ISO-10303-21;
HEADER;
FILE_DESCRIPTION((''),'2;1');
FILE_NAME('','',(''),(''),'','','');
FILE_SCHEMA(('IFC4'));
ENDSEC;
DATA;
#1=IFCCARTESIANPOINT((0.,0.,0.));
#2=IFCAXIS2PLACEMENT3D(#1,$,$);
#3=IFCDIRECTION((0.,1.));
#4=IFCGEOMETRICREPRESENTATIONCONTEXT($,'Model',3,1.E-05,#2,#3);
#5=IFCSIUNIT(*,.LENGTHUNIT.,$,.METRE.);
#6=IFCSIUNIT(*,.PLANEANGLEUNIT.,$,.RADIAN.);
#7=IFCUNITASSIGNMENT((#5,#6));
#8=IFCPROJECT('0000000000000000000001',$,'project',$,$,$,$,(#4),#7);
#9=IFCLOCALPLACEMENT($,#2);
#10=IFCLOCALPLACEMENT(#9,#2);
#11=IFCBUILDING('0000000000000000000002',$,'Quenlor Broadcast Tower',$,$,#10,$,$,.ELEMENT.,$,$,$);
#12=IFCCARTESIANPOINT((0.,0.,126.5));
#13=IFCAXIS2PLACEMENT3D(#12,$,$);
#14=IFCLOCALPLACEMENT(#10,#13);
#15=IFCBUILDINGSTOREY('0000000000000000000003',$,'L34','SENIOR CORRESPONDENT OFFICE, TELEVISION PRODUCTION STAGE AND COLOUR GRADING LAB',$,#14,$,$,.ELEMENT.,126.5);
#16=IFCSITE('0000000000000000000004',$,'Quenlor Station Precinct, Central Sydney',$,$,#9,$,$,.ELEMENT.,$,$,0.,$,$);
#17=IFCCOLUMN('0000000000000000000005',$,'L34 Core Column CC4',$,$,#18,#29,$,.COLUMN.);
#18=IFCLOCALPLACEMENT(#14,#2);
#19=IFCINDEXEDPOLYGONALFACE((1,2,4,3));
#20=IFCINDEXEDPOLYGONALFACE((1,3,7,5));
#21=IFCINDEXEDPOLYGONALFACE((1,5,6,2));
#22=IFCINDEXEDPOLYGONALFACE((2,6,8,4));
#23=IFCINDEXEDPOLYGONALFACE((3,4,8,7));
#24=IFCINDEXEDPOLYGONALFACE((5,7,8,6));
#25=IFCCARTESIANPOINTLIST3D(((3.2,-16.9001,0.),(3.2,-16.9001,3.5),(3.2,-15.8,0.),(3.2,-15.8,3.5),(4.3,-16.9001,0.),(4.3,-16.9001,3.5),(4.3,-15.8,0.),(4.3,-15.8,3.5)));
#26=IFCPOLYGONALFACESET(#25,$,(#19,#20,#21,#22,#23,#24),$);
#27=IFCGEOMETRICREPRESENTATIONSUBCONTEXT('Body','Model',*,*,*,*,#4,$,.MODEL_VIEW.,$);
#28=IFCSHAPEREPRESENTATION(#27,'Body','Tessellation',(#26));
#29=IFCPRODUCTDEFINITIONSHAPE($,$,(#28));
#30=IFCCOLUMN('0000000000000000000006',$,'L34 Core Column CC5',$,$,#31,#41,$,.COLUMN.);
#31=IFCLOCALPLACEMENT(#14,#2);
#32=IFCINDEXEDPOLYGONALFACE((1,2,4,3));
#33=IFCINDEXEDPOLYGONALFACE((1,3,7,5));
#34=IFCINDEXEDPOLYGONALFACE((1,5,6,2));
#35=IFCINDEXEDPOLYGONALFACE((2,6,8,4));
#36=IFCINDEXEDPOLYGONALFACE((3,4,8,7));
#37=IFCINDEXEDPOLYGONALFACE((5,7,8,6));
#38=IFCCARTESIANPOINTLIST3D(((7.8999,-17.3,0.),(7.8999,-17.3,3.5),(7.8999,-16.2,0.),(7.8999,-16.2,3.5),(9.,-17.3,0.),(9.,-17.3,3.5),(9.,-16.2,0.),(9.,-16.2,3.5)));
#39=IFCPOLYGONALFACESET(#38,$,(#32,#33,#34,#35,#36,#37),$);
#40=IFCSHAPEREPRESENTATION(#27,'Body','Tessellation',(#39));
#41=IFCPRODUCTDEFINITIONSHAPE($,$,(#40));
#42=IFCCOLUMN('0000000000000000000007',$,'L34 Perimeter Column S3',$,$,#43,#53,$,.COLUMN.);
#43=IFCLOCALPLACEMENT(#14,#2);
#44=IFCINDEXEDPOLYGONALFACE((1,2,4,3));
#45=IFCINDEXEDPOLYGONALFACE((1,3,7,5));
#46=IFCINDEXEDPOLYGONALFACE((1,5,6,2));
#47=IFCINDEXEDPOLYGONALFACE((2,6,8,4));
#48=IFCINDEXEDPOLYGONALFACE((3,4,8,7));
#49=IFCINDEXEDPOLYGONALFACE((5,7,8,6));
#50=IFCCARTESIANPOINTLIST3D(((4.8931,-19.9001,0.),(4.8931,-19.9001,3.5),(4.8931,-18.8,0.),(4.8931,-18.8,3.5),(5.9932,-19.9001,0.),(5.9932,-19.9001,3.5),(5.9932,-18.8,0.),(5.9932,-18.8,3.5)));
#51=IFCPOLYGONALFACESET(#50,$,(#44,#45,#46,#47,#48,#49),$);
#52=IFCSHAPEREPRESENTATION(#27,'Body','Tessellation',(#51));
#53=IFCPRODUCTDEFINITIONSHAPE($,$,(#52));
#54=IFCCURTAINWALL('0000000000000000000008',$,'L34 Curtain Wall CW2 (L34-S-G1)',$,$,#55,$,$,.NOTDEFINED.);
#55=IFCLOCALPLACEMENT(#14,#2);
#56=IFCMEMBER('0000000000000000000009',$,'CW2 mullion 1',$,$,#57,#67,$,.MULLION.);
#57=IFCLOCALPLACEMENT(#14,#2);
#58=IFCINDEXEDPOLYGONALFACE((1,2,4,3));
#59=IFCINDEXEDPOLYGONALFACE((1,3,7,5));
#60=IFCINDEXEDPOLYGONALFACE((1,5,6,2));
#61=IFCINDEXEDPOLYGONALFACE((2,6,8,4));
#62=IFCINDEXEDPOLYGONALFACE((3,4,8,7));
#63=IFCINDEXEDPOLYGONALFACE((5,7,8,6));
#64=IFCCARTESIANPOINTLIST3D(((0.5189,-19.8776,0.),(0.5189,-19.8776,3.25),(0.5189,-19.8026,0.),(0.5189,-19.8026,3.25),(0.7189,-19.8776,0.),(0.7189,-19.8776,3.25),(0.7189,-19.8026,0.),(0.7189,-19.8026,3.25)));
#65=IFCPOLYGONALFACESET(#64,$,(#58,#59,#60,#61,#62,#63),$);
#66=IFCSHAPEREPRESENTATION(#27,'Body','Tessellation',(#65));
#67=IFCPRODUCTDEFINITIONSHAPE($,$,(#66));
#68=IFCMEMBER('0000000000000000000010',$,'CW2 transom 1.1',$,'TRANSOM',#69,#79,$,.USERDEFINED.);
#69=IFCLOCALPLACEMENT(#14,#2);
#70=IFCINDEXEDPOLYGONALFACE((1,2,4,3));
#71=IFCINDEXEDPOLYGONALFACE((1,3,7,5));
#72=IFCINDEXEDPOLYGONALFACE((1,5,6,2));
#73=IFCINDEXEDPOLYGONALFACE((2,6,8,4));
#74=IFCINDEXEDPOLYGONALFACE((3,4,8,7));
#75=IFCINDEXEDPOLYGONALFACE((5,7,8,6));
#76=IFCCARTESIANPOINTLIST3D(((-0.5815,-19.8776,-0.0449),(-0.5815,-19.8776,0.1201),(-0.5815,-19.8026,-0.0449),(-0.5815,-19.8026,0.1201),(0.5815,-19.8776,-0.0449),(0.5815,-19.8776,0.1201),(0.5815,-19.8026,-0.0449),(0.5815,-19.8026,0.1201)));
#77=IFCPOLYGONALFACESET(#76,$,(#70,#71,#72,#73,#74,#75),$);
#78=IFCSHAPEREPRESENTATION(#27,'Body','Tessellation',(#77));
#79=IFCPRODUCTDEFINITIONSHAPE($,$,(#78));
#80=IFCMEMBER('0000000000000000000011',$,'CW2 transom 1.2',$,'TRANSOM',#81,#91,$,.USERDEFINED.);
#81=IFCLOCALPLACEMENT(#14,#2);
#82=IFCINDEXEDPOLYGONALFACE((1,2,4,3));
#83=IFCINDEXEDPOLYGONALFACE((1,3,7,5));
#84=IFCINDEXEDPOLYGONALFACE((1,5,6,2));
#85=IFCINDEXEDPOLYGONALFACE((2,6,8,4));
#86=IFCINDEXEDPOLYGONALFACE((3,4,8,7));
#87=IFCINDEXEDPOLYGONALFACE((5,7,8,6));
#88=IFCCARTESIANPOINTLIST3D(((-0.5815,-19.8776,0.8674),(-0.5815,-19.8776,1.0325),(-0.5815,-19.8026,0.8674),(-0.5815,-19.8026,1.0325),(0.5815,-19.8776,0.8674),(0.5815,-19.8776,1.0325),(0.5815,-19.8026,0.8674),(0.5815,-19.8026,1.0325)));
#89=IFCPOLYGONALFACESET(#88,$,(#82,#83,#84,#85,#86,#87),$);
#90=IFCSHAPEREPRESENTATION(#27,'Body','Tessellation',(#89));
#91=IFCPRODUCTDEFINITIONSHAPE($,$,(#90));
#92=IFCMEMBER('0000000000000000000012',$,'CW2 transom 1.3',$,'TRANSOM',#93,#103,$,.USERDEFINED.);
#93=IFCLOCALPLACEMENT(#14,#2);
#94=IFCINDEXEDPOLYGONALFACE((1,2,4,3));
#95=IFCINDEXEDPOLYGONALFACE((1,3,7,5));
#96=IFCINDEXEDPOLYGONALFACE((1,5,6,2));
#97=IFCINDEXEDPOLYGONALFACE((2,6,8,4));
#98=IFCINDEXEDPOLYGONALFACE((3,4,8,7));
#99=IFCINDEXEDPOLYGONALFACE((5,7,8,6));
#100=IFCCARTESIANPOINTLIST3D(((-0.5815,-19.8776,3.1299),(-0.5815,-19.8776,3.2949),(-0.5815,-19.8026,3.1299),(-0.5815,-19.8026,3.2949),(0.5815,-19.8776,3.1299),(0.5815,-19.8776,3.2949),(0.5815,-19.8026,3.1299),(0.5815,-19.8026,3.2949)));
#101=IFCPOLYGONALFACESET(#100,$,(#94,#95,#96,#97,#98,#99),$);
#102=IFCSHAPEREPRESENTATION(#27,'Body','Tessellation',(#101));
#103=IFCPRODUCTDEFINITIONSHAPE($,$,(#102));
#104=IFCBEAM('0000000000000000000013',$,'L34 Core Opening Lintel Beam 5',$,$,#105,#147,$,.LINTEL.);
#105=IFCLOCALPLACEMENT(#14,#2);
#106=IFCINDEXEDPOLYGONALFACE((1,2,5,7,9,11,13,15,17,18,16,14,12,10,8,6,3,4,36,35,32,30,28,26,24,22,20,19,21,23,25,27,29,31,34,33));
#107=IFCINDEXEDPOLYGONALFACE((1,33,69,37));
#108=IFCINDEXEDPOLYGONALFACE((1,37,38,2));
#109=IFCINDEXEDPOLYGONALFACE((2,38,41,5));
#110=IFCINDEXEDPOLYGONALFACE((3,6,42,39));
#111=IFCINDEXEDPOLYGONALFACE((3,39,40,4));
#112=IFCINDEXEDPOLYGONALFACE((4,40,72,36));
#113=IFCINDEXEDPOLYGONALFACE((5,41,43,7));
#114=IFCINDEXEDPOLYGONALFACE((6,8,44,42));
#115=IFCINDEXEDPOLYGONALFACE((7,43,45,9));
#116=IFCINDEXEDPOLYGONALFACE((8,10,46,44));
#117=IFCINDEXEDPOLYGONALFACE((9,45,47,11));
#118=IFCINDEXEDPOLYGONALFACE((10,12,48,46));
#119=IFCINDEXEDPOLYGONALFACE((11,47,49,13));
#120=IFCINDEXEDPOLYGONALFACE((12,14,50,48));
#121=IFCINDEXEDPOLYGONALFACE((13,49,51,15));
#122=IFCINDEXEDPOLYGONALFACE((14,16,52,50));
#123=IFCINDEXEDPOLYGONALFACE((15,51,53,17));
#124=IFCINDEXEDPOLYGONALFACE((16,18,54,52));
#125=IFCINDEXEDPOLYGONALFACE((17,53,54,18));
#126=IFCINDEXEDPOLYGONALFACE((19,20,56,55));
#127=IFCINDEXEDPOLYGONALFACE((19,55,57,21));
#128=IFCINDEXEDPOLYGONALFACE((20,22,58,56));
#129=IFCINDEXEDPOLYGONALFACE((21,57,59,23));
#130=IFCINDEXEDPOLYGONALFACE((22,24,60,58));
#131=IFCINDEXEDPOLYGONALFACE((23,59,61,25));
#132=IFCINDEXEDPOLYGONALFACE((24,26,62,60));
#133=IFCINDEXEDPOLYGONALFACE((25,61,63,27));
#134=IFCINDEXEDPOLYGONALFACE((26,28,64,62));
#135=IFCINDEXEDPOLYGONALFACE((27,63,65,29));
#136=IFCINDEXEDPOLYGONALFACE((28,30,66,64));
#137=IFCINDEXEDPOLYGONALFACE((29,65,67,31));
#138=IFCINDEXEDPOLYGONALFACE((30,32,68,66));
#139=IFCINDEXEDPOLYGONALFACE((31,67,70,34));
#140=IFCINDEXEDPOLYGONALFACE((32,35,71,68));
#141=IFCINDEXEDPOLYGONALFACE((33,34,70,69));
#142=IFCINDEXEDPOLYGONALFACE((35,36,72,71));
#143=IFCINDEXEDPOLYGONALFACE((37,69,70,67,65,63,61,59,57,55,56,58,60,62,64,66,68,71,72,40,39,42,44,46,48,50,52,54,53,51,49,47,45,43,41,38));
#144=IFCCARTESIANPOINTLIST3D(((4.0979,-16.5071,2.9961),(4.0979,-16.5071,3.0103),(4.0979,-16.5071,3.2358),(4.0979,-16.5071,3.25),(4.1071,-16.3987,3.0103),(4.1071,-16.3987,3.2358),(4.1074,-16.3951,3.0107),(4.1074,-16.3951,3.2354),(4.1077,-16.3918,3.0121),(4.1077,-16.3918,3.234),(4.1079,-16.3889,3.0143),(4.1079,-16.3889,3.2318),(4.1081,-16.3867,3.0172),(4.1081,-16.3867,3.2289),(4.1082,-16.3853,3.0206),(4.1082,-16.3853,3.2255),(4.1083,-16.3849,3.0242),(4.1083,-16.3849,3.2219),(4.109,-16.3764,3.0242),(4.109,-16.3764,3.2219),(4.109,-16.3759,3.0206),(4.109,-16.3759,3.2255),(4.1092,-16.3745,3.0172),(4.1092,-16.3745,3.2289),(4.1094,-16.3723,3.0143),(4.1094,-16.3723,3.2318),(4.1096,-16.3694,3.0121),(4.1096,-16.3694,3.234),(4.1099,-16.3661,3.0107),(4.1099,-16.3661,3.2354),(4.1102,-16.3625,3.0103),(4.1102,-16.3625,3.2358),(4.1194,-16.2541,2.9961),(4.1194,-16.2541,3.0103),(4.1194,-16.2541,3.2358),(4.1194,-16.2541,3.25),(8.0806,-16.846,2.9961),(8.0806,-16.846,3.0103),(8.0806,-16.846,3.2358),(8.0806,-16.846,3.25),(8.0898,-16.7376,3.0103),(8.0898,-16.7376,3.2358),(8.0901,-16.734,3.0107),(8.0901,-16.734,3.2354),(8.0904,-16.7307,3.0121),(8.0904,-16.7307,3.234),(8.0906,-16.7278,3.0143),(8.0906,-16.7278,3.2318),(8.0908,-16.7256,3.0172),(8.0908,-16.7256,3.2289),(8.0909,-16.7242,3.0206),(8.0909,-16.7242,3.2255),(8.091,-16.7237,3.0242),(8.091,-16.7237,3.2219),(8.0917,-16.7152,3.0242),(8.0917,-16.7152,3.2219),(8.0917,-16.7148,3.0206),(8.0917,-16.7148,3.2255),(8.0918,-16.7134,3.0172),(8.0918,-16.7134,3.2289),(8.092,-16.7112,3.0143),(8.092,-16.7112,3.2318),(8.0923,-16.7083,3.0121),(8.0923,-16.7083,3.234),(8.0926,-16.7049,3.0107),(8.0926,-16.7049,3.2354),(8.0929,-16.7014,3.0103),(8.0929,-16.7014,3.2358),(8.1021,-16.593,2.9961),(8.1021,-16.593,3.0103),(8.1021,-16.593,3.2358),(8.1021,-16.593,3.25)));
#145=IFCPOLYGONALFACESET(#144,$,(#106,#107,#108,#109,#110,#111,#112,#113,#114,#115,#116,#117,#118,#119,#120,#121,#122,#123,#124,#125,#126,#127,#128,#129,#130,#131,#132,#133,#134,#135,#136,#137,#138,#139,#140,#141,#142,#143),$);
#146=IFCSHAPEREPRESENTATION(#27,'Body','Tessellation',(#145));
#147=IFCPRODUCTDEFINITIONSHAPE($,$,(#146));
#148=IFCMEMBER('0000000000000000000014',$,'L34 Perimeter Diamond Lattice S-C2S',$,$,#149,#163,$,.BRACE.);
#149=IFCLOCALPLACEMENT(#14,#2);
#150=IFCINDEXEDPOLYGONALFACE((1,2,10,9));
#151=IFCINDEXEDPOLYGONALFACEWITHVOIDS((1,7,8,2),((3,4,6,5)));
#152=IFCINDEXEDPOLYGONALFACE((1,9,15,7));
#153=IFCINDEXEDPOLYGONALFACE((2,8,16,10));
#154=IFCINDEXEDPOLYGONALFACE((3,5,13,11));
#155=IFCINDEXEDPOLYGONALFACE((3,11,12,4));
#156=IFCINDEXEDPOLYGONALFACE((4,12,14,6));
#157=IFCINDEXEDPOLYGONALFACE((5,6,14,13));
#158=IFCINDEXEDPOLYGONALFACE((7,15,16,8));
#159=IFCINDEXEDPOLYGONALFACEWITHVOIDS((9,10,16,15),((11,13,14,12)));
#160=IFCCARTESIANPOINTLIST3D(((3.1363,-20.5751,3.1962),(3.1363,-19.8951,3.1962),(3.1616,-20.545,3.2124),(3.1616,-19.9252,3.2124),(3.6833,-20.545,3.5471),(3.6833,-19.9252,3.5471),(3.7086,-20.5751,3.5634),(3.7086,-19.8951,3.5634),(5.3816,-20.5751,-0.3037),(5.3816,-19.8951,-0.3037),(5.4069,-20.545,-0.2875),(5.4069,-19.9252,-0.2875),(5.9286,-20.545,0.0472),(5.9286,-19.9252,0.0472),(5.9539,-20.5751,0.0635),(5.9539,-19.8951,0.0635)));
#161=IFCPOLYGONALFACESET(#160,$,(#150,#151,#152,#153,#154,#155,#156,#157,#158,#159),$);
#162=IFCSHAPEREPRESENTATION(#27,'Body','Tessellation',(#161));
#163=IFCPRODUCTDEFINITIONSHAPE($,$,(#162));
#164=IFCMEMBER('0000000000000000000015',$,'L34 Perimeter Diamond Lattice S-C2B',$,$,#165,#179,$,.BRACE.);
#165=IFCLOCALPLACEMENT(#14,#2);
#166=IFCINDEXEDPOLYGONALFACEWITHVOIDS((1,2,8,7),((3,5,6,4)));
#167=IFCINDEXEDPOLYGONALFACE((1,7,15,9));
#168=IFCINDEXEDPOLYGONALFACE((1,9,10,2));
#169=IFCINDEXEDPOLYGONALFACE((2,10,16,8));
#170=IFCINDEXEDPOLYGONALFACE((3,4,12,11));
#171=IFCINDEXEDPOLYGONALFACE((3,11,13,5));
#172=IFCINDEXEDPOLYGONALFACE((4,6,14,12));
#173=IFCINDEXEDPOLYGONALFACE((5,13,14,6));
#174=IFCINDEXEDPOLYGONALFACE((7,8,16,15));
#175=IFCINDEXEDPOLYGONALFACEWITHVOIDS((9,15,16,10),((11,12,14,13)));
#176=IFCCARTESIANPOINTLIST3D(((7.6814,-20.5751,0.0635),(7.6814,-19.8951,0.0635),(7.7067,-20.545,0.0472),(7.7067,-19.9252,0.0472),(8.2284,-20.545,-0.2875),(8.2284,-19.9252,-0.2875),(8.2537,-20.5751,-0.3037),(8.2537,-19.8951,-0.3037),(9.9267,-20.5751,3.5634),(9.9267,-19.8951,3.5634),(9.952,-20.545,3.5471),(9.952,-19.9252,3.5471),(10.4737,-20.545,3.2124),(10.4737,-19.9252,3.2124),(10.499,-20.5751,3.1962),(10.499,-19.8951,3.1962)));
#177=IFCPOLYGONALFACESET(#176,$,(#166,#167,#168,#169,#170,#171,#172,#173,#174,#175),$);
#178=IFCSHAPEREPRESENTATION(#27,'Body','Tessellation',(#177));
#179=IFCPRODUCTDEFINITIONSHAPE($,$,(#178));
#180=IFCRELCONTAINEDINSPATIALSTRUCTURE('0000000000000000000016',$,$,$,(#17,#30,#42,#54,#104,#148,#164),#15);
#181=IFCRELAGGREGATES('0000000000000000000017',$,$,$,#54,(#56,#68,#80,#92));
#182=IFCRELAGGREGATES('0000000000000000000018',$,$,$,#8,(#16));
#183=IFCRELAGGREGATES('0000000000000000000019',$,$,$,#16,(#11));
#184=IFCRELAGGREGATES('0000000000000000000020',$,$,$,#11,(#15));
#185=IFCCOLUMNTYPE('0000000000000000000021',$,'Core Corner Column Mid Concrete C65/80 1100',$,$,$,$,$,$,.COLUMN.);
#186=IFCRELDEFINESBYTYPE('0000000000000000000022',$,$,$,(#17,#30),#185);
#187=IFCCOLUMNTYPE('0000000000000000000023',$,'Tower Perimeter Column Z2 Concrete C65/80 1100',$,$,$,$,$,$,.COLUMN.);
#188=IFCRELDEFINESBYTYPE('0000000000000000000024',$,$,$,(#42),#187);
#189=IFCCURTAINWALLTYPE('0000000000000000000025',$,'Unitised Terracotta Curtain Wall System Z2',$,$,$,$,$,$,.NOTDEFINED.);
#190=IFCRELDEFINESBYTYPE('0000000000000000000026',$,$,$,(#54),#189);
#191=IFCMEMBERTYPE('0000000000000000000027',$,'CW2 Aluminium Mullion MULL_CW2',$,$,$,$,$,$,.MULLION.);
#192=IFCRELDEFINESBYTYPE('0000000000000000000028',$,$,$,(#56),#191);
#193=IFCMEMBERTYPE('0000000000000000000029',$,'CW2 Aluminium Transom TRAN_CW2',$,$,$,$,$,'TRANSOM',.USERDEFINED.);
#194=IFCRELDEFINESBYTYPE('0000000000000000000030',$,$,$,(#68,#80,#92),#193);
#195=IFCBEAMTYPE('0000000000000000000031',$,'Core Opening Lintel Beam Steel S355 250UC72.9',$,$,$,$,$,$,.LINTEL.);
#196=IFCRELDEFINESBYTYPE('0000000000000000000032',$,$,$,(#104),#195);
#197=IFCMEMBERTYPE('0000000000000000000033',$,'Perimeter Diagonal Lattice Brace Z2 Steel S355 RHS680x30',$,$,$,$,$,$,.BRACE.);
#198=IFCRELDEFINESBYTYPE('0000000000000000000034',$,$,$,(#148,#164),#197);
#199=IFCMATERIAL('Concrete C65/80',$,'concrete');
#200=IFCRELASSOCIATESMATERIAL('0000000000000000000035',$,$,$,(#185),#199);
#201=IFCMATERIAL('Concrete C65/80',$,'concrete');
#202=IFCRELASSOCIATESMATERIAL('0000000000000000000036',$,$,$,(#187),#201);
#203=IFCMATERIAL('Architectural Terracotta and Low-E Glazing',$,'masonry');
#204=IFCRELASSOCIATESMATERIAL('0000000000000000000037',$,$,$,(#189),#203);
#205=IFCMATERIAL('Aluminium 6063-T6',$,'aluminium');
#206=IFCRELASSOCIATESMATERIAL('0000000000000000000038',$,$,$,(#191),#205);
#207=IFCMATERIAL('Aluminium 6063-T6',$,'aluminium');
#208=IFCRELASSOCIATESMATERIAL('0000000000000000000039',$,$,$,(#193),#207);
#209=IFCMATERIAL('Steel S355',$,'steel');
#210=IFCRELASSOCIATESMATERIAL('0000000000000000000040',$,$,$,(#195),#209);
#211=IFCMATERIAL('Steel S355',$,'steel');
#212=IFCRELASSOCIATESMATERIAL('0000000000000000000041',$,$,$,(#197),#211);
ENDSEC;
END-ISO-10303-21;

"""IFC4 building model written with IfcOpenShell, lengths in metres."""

from ifc_helpers import new_model, si_unit, direction, frame, origin, origin_2d, place, context, subcontext, project, spatial, rectangle, hollow_rectangle, i_section, extrude, material, material_profile, profile_set, type_object, element, aggregate, save


model = new_model("IFC4")

# Units and contexts
model_context = context("Model", 3, precision=1e-05, world=origin(), true_north=direction((0.0, 1.0)))
body_context = subcontext(model_context, "Body", "Model", "MODEL_VIEW")
ifc_project = project(units=[si_unit("LENGTHUNIT", "METRE"), si_unit("PLANEANGLEUNIT", "RADIAN")], contexts=[model_context])

# Site, building, storey
site_placement = place(None, origin())
site = spatial("IfcSite", under=ifc_project, at=site_placement, Name="Quenlor Station Precinct, Central Sydney", CompositionType="ELEMENT", RefElevation=0.0)
building_placement = place(site_placement, origin())
building = spatial("IfcBuilding", under=site, at=building_placement, Name="Quenlor Broadcast Tower", CompositionType="ELEMENT")
storey_placement = place(building_placement, frame((0.0, 0.0, 126.5)))
storey = spatial("IfcBuildingStorey", under=building, at=storey_placement, Name="L34", Description="SENIOR CORRESPONDENT OFFICE, TELEVISION PRODUCTION STAGE AND COLOUR GRADING LAB", CompositionType="ELEMENT", Elevation=126.5)

# Columns
ifc_material_1 = material(Name="Concrete C65/80", Category="concrete")
ifc_material_profile_1 = material_profile(ifc_material_1, rectangle(XDim=1.1001, YDim=1.1001, at=origin_2d()))
ifc_profile_set_1 = profile_set([ifc_material_profile_1], Name="Concrete C65/80 RC1100x1100")
column_type_1 = type_object("IfcColumnType", Name="Core Corner Column Mid Concrete C65/80 1100", PredefinedType="COLUMN", material=ifc_profile_set_1)
for number, where, z_axis, x_axis, name in (
    (1, (3.75, -16.3501, 0.0), (0.0, 0.0, 1.0), (1.0, 0.0, 0.0), "L34 Core Column CC4"),
    (2, (8.45, -16.75, 0.0), (0.0, 0.0, 1.0), (1.0, 0.0, 0.0), "L34 Core Column CC5"),
):
    element("IfcColumn", number, at=place(storey_placement, frame(where, z_axis=z_axis, x_axis=x_axis)), inside=storey, type_object=column_type_1, Name=name, PredefinedType="COLUMN", context=body_context, shape_type="SweptSolid", body=[
        extrude(rectangle(XDim=1.1001, YDim=1.1001, at=origin_2d()), origin(), (0.0, 0.0, 1.0), 3.5),
    ])
ifc_material_2 = material(Name="Concrete C65/80", Category="concrete")
ifc_material_profile_2 = material_profile(ifc_material_2, rectangle(XDim=1.1001, YDim=1.1001, at=origin_2d()))
ifc_profile_set_2 = profile_set([ifc_material_profile_2], Name="Concrete C65/80 RC1100x1100")
column_type_2 = type_object("IfcColumnType", Name="Tower Perimeter Column Z2 Concrete C65/80 1100", PredefinedType="COLUMN", material=ifc_profile_set_2)
column_placement = place(storey_placement, frame((5.4431, -19.3501, 0.0), z_axis=(0.0, 0.0, 1.0), x_axis=(0.0, 1.0, 0.0)))
element("IfcColumn", 3, at=column_placement, inside=storey, type_object=column_type_2, Name="L34 Perimeter Column S3", PredefinedType="COLUMN", context=body_context, shape_type="SweptSolid", body=[
    extrude(rectangle(XDim=1.1001, YDim=1.1001, at=origin_2d()), origin(), (0.0, 0.0, 1.0), 3.5),
])

# Curtain wall, members
ifc_material_3 = material(Name="Architectural Terracotta and Low-E Glazing", Category="masonry")
curtain_wall_type = type_object("IfcCurtainWallType", Name="Unitised Terracotta Curtain Wall System Z2", PredefinedType="NOTDEFINED", material=ifc_material_3)
curtain_wall_placement = place(storey_placement, origin())
curtain_wall = element("IfcCurtainWall", 4, at=curtain_wall_placement, inside=storey, type_object=curtain_wall_type, Name="L34 Curtain Wall CW2 (L34-S-G1)", PredefinedType="NOTDEFINED")
ifc_material_4 = material(Name="Aluminium 6063-T6", Category="aluminium")
ifc_material_profile_3 = material_profile(ifc_material_4, rectangle(XDim=0.075, YDim=0.2, at=origin_2d()))
ifc_profile_set_3 = profile_set([ifc_material_profile_3], Name="Aluminium 6063-T6 MULL75x200")
member_type_1 = type_object("IfcMemberType", Name="CW2 Aluminium Mullion MULL_CW2", PredefinedType="MULLION", material=ifc_profile_set_3)
member_1_placement = place(storey_placement, frame((0.6189, -19.8401, 0.0), z_axis=(0.0, 0.0, 1.0), x_axis=(0.0, -1.0, 0.0)))
member_1 = element("IfcMember", 5, at=member_1_placement, type_object=member_type_1, Name="CW2 mullion 1", PredefinedType="MULLION", context=body_context, shape_type="SweptSolid", body=[
    extrude(rectangle(XDim=0.075, YDim=0.2, at=origin_2d()), origin(), (0.0, 0.0, 1.0), 3.25),
])
ifc_material_5 = material(Name="Aluminium 6063-T6", Category="aluminium")
ifc_material_profile_4 = material_profile(ifc_material_5, rectangle(XDim=0.075, YDim=0.165, at=origin_2d()))
ifc_profile_set_4 = profile_set([ifc_material_profile_4], Name="Aluminium 6063-T6 TRAN75x165")
member_type_2 = type_object("IfcMemberType", Name="CW2 Aluminium Transom TRAN_CW2", ElementType="TRANSOM", PredefinedType="USERDEFINED", material=ifc_profile_set_4)
member_2_placement = place(storey_placement, frame((0.5815, -19.8401, 0.0376), z_axis=(-1.0, 0.0, 0.0), x_axis=(0.0, -1.0, 0.0)))
member_2 = element("IfcMember", 6, at=member_2_placement, type_object=member_type_2, Name="CW2 transom 1.1", ObjectType="TRANSOM", PredefinedType="USERDEFINED", context=body_context, shape_type="SweptSolid", body=[
    extrude(rectangle(XDim=0.075, YDim=0.165, at=origin_2d()), origin(), (0.0, 0.0, 1.0), 1.1631),
])
member_3_placement = place(storey_placement, frame((0.5815, -19.8401, 0.95), z_axis=(-1.0, 0.0, 0.0), x_axis=(0.0, -1.0, 0.0)))
member_3 = element("IfcMember", 7, at=member_3_placement, type_object=member_type_2, Name="CW2 transom 1.2", ObjectType="TRANSOM", PredefinedType="USERDEFINED", context=body_context, shape_type="SweptSolid", body=[
    extrude(rectangle(XDim=0.075, YDim=0.165, at=origin_2d()), origin(), (0.0, 0.0, 1.0), 1.1631),
])
member_4_placement = place(storey_placement, frame((0.5815, -19.8401, 3.2124), z_axis=(-1.0, 0.0, 0.0), x_axis=(0.0, -1.0, 0.0)))
member_4 = element("IfcMember", 8, at=member_4_placement, type_object=member_type_2, Name="CW2 transom 1.3", ObjectType="TRANSOM", PredefinedType="USERDEFINED", context=body_context, shape_type="SweptSolid", body=[
    extrude(rectangle(XDim=0.075, YDim=0.165, at=origin_2d()), origin(), (0.0, 0.0, 1.0), 1.1631),
])
aggregate(curtain_wall, [member_1, member_2, member_3, member_4])

# Beam
ifc_material_6 = material(Name="Steel S355", Category="steel")
ifc_material_profile_5 = material_profile(ifc_material_6, i_section(OverallWidth=0.2539, OverallDepth=0.2539, WebThickness=0.0085, FlangeThickness=0.0142, FilletRadius=0.0139, at=origin_2d()))
ifc_profile_set_5 = profile_set([ifc_material_profile_5], Name="Steel S355 250UC72.9")
beam_type_1 = type_object("IfcBeamType", Name="Core Opening Lintel Beam Steel S355 250UC72.9", PredefinedType="LINTEL", material=ifc_profile_set_5)
beam_1_placement = place(storey_placement, frame((4.1086, -16.3806, 3.123), z_axis=(0.9964, -0.084779, 0.0), x_axis=(0.084779, 0.9964, 0.0)))
element("IfcBeam", 9, at=beam_1_placement, inside=storey, type_object=beam_type_1, Name="L34 Core Opening Lintel Beam 5", PredefinedType="LINTEL", context=body_context, shape_type="SweptSolid", body=[
    extrude(i_section(OverallWidth=0.2539, OverallDepth=0.2539, WebThickness=0.0085, FlangeThickness=0.0142, FilletRadius=0.0139, at=origin_2d()), origin(), (0.0, 0.0, 1.0), 3.9971),
])

# Members
ifc_material_7 = material(Name="Steel S355", Category="steel")
ifc_material_profile_6 = material_profile(ifc_material_7, hollow_rectangle(XDim=0.6799, YDim=0.6799, WallThickness=0.03, at=origin_2d()))
ifc_profile_set_6 = profile_set([ifc_material_profile_6], Name="Steel S355 RHS680x680x30")
member_type_3 = type_object("IfcMemberType", Name="Perimeter Diagonal Lattice Brace Z2 Steel S355 RHS680x30", PredefinedType="BRACE", material=ifc_profile_set_6)
for number, where, z_axis, x_axis, name in (
    (10, (5.6677, -20.2351, -0.1201), (-0.539968, 0.0, 0.841686), (0.0, -1.0, 0.0), "L34 Perimeter Diamond Lattice S-C2S"),
    (11, (7.9675, -20.2351, -0.1201), (0.539968, 0.0, 0.841686), (0.0, 1.0, 0.0), "L34 Perimeter Diamond Lattice S-C2B"),
):
    element("IfcMember", number, at=place(storey_placement, frame(where, z_axis=z_axis, x_axis=x_axis)), inside=storey, type_object=member_type_3, Name=name, PredefinedType="BRACE", context=body_context, shape_type="SweptSolid", body=[
        extrude(hollow_rectangle(XDim=0.6799, YDim=0.6799, WallThickness=0.03, at=origin_2d()), origin(), (0.0, 0.0, 1.0), 4.1582),
    ])

save(model, "model.ifc")
